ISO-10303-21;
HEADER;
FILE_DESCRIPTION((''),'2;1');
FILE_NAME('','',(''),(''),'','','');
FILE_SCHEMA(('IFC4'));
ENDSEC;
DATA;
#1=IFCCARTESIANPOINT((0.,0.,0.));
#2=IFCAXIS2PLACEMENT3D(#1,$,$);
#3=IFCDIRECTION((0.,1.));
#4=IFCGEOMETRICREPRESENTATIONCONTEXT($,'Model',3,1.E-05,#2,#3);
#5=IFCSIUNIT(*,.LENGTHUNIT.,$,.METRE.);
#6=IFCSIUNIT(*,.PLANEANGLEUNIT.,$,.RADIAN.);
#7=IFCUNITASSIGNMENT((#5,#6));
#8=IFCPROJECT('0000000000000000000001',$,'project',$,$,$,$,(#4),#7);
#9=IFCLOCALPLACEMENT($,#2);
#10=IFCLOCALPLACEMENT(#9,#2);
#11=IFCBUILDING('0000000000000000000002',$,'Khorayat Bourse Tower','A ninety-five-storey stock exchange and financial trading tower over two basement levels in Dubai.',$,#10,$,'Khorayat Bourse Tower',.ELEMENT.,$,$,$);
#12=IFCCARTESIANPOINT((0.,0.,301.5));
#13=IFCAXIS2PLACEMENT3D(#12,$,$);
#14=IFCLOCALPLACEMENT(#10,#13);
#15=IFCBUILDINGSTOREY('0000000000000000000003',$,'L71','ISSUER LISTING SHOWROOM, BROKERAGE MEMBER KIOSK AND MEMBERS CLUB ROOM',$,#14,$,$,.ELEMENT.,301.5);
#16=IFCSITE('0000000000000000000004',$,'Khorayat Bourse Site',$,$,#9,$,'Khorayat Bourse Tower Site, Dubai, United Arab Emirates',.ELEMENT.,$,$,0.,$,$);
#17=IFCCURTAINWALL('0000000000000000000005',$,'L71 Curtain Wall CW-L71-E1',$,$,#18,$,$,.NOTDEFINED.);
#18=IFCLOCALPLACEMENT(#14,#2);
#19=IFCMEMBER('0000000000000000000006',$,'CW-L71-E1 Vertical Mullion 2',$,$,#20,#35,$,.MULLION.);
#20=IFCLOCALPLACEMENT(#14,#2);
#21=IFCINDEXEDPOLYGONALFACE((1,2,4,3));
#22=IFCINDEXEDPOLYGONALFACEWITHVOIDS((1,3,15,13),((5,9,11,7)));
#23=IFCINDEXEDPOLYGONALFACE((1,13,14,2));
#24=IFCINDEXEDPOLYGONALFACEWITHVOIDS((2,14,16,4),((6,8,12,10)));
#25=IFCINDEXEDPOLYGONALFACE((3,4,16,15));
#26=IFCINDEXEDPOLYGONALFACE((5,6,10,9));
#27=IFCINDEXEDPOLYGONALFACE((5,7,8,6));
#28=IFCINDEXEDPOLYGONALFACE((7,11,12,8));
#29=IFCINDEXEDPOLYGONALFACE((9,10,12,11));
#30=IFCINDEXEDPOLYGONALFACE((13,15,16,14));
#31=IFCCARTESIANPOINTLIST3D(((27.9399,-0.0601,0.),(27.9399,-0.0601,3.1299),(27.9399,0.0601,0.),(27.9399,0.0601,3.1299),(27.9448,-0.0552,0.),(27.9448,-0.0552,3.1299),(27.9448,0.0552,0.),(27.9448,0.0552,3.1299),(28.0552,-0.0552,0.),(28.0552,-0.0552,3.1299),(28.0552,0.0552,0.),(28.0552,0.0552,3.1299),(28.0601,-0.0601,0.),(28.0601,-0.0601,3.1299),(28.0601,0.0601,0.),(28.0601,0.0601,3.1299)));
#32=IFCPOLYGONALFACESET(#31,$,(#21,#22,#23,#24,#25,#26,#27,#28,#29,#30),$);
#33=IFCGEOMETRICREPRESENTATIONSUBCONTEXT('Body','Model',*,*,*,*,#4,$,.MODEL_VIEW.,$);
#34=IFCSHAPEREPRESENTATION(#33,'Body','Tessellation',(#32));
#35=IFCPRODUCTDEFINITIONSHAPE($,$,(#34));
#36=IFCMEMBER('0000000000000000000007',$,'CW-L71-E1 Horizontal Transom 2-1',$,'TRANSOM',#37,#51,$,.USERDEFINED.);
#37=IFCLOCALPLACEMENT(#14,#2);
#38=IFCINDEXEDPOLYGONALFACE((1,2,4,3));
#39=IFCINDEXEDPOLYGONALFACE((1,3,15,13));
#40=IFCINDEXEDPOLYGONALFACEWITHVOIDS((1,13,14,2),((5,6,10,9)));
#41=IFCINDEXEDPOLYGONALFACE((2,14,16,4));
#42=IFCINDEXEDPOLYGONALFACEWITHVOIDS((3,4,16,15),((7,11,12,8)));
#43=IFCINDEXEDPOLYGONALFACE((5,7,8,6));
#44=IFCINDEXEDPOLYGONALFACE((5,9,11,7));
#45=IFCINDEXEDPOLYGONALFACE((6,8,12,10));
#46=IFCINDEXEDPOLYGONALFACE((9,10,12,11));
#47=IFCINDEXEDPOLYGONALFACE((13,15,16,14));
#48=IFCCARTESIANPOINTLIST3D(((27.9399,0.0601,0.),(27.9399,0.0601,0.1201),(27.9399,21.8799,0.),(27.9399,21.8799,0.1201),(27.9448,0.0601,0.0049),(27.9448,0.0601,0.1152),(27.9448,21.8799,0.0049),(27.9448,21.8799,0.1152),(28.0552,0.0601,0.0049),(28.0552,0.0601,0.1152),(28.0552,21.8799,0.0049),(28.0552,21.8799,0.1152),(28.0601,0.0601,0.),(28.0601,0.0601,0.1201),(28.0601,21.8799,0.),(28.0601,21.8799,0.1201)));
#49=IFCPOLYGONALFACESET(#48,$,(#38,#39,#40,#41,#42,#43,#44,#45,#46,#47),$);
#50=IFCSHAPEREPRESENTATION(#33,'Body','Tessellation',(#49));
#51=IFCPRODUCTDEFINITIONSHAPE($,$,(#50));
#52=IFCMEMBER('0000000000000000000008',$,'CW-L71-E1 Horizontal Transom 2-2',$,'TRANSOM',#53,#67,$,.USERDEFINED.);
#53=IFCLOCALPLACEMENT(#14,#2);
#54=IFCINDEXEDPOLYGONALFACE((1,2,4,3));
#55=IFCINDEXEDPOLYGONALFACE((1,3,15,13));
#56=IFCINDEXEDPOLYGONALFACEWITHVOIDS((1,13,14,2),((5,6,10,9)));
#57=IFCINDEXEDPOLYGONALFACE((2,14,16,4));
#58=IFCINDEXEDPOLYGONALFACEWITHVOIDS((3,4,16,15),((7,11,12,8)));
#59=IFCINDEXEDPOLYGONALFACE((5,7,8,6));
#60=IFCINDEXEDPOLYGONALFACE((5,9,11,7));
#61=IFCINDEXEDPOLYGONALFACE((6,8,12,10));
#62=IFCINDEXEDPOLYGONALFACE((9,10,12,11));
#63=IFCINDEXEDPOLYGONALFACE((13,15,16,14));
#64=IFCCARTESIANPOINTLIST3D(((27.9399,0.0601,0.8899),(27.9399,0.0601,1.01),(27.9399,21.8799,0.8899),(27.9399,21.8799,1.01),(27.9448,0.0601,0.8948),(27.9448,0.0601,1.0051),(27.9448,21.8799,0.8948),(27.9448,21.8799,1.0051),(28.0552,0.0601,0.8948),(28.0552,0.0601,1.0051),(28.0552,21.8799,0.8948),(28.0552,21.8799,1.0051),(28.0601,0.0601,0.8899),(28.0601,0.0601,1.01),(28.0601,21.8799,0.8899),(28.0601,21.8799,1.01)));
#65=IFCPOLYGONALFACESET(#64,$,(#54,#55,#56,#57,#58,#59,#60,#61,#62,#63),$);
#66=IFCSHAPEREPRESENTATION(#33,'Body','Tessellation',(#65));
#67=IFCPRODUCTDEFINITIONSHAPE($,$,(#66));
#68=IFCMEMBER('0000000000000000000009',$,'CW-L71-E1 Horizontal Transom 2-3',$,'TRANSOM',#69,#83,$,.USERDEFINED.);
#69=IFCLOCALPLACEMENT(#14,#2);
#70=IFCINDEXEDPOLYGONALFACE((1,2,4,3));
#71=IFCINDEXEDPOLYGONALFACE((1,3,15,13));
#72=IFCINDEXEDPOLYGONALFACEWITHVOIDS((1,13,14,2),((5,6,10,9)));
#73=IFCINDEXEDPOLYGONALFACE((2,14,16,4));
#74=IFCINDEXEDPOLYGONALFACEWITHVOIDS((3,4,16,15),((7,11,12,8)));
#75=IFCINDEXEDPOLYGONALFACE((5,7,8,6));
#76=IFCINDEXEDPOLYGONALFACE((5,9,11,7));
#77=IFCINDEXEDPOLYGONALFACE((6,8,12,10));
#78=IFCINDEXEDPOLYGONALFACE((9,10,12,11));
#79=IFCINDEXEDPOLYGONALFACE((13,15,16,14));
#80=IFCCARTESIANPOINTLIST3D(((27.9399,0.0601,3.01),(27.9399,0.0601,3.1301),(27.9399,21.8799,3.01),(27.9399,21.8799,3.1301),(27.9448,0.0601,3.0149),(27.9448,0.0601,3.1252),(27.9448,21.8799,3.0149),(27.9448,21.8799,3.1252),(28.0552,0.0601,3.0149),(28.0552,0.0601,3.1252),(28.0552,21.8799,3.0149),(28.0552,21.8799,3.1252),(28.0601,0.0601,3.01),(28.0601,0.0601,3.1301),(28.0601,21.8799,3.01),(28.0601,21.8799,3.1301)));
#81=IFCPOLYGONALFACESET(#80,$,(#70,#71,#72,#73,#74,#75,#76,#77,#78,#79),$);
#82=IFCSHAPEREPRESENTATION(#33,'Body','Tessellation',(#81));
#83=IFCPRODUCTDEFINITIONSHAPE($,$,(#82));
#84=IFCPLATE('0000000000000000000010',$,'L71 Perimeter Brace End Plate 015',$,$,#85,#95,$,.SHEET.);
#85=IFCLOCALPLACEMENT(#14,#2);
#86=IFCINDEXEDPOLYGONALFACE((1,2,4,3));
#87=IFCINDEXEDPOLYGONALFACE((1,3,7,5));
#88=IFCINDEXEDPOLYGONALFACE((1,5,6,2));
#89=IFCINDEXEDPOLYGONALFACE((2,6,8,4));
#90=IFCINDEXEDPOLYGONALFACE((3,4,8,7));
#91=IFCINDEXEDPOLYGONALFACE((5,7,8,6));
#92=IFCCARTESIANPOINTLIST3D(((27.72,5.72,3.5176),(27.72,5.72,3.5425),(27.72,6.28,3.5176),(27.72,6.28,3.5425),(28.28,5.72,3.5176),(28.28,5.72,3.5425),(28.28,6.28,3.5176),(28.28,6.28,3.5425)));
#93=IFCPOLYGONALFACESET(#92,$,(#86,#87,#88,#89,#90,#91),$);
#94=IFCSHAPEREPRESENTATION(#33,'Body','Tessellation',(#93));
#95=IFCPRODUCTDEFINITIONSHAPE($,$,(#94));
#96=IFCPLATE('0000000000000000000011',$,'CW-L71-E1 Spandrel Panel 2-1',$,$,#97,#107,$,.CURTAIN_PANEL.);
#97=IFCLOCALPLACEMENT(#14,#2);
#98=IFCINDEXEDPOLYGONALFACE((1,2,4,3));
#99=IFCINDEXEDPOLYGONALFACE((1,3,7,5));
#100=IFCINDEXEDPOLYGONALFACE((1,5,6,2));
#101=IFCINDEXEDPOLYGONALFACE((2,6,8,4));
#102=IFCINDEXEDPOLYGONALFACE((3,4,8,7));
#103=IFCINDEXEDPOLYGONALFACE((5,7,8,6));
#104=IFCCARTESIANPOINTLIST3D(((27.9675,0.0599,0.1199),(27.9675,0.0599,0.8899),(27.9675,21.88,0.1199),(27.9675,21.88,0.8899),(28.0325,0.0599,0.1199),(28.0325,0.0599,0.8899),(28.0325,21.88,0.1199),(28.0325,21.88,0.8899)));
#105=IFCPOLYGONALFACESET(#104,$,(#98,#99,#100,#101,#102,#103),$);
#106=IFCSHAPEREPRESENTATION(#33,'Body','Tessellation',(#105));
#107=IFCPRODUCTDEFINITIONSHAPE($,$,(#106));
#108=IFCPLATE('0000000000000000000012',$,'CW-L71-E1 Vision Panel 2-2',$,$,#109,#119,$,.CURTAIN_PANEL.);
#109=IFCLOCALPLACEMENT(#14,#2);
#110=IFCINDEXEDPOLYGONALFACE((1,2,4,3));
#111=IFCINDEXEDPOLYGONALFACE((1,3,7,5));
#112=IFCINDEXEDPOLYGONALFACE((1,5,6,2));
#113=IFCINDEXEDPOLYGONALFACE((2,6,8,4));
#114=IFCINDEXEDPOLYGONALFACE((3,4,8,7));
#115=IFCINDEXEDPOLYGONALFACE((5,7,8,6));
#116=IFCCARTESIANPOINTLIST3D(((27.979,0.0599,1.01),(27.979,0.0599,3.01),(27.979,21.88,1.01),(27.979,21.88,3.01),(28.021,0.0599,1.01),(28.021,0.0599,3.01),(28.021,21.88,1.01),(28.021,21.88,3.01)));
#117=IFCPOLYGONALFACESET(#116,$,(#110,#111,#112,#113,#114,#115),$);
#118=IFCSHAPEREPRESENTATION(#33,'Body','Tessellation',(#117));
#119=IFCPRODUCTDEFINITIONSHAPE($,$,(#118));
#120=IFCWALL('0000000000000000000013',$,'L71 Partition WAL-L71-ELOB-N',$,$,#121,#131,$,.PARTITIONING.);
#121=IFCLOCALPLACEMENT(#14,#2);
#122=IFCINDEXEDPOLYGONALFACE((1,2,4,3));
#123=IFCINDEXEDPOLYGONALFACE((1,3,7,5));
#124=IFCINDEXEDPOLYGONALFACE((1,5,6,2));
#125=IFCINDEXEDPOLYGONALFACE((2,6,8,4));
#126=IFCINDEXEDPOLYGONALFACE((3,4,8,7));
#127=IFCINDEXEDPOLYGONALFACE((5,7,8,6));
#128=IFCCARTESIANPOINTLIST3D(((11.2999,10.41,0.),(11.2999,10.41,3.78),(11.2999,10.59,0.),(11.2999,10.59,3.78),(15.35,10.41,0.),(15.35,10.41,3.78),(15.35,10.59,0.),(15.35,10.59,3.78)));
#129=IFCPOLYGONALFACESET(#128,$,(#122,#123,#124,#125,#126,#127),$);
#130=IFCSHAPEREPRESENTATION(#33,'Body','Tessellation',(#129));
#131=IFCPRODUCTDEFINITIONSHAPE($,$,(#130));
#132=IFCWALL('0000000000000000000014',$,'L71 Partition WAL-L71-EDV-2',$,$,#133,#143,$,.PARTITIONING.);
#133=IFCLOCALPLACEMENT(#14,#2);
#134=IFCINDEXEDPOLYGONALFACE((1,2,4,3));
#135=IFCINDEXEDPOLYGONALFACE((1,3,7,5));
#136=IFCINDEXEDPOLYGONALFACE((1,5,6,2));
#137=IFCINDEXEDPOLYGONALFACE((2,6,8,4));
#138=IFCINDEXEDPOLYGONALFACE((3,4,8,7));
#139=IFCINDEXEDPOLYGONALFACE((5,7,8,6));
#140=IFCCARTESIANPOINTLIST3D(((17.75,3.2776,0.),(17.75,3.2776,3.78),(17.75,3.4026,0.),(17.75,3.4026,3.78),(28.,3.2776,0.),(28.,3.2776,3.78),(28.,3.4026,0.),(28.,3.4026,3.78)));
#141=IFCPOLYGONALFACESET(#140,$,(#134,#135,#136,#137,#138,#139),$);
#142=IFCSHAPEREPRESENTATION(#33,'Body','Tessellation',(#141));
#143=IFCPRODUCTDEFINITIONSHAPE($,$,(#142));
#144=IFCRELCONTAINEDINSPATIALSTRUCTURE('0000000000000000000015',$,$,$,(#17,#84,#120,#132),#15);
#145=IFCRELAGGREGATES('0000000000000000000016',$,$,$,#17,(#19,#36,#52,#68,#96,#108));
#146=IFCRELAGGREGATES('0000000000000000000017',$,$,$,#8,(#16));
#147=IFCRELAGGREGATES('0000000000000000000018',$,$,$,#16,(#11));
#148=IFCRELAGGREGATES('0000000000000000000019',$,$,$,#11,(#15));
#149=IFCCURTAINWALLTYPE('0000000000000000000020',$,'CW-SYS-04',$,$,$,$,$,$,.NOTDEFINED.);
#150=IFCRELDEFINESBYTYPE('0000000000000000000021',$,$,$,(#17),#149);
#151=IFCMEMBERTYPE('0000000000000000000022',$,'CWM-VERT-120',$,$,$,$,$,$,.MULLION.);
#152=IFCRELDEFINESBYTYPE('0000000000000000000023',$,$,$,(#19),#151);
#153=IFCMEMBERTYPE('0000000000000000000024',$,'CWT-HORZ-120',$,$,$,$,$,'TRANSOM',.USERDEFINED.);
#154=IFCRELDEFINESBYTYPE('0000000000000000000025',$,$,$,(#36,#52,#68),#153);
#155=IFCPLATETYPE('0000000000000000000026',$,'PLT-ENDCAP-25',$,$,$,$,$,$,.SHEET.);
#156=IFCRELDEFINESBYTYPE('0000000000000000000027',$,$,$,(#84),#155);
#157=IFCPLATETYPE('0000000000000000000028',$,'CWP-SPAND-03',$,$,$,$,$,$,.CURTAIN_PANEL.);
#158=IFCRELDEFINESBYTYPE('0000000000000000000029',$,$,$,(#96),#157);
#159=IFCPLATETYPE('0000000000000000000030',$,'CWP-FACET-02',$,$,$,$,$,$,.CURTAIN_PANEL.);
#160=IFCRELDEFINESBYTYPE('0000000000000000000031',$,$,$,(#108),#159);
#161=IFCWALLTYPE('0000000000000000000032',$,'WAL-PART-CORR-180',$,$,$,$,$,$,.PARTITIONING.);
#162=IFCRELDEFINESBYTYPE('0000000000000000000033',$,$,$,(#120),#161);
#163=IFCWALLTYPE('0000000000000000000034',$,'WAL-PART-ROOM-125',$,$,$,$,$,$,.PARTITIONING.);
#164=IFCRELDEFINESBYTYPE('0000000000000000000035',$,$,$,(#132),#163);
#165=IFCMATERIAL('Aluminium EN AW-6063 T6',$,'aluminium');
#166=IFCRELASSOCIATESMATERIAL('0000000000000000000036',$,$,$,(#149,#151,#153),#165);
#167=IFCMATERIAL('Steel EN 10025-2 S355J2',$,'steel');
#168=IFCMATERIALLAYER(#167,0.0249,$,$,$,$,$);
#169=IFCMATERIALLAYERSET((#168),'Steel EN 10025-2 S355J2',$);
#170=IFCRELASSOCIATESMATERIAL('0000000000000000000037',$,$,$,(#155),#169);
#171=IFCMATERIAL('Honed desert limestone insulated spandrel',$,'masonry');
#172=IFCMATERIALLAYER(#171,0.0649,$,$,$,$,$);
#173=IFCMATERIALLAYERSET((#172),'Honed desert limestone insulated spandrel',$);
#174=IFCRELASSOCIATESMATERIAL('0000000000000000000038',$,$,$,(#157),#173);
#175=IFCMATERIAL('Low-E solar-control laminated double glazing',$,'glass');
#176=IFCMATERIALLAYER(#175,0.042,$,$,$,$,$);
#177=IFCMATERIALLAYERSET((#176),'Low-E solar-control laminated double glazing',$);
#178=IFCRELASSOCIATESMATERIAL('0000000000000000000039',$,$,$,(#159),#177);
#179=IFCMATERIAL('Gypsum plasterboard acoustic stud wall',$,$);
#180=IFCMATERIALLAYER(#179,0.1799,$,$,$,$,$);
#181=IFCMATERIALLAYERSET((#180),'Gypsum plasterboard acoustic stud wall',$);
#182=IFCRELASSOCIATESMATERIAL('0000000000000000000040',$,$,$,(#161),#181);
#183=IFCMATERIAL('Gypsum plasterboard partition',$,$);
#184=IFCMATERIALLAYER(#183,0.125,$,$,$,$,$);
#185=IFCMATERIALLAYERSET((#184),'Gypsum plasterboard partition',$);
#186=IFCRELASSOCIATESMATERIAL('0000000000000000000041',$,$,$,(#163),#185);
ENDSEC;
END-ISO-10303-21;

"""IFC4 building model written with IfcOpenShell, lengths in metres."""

from ifc_helpers import new_model, si_unit, direction, frame, frame_2d, origin, origin_2d, place, context, subcontext, project, spatial, rectangle, hollow_rectangle, extrude, source, transform, mapped, material, layer, layer_set, material_profile, profile_set, type_object, element, aggregate, save


model = new_model("IFC4")

# Units and contexts
model_context = context("Model", 3, precision=1e-05, world=origin(), true_north=direction((0.0, 1.0)))
body_context = subcontext(model_context, "Body", "Model", "MODEL_VIEW")
ifc_project = project(units=[si_unit("LENGTHUNIT", "METRE"), si_unit("PLANEANGLEUNIT", "RADIAN")], contexts=[model_context])

# Site, building, storey
site_placement = place(None, origin())
site = spatial("IfcSite", under=ifc_project, at=site_placement, Name="Khorayat Bourse Site", LongName="Khorayat Bourse Tower Site, Dubai, United Arab Emirates", CompositionType="ELEMENT", RefElevation=0.0)
building_placement = place(site_placement, origin())
building = spatial("IfcBuilding", under=site, at=building_placement, Name="Khorayat Bourse Tower", Description="A ninety-five-storey stock exchange and financial trading tower over two basement levels in Dubai.", LongName="Khorayat Bourse Tower", CompositionType="ELEMENT")
storey_placement = place(building_placement, frame((0.0, 0.0, 301.5)))
storey = spatial("IfcBuildingStorey", under=building, at=storey_placement, Name="L71", Description="ISSUER LISTING SHOWROOM, BROKERAGE MEMBER KIOSK AND MEMBERS CLUB ROOM", CompositionType="ELEMENT", Elevation=301.5)

# Curtain wall, members
ifc_material_1 = material(Name="Aluminium EN AW-6063 T6", Category="aluminium")
curtain_wall_type = type_object("IfcCurtainWallType", Name="CW-SYS-04", PredefinedType="NOTDEFINED", material=ifc_material_1)
curtain_wall_placement = place(storey_placement, origin())
curtain_wall = element("IfcCurtainWall", 1, at=curtain_wall_placement, inside=storey, type_object=curtain_wall_type, Name="L71 Curtain Wall CW-L71-E1", PredefinedType="NOTDEFINED")
ifc_material_profile_1 = material_profile(ifc_material_1, hollow_rectangle(XDim=0.1201, YDim=0.1201, WallThickness=0.0049, at=origin_2d()), Name="ALU 120x120x5")
ifc_profile_set_1 = profile_set([ifc_material_profile_1], Name="Aluminium EN AW-6063 T6")
member_type_1 = type_object("IfcMemberType", Name="CWM-VERT-120", PredefinedType="MULLION", material=ifc_profile_set_1)
shared_shape_1 = source(origin(), body_context, "Body", "SweptSolid", [
    extrude(hollow_rectangle(XDim=0.1201, YDim=0.1201, WallThickness=0.0049, at=origin_2d()), origin(), (0.0, 0.0, 1.0), 3.1299),
])
member_1_placement = place(storey_placement, frame((28.0, 0.0, 0.0), z_axis=(0.0, 0.0, 1.0), x_axis=(-1.0, 0.0, 0.0)))
member_1 = element("IfcMember", 2, at=member_1_placement, type_object=member_type_1, Name="CW-L71-E1 Vertical Mullion 2", PredefinedType="MULLION", context=body_context, shape_type="MappedRepresentation", body=[
    mapped(shared_shape_1, transform((0.0, 0.0, 0.0), scale=1.0)),
])
ifc_material_profile_2 = material_profile(ifc_material_1, hollow_rectangle(XDim=0.1201, YDim=0.1201, WallThickness=0.0049, at=origin_2d()), Name="ALU 120x120x5")
ifc_profile_set_2 = profile_set([ifc_material_profile_2], Name="Aluminium EN AW-6063 T6")
member_type_2 = type_object("IfcMemberType", Name="CWT-HORZ-120", ElementType="TRANSOM", PredefinedType="USERDEFINED", material=ifc_profile_set_2)
shared_shape_2 = source(origin(), body_context, "Body", "SweptSolid", [
    extrude(hollow_rectangle(XDim=0.1201, YDim=0.1201, WallThickness=0.0049, at=origin_2d()), origin(), (0.0, 0.0, 1.0), 21.8198),
])
member_2_placement = place(storey_placement, frame((28.0, 0.0601, 0.0601), z_axis=(0.0, 1.0, 0.0), x_axis=(-1.0, 0.0, 0.0)))
member_2 = element("IfcMember", 3, at=member_2_placement, type_object=member_type_2, Name="CW-L71-E1 Horizontal Transom 2-1", ObjectType="TRANSOM", PredefinedType="USERDEFINED", context=body_context, shape_type="MappedRepresentation", body=[
    mapped(shared_shape_2, transform((0.0, 0.0, 0.0), scale=1.0)),
])
member_3_placement = place(storey_placement, frame((28.0, 0.0601, 0.95), z_axis=(0.0, 1.0, 0.0), x_axis=(-1.0, 0.0, 0.0)))
member_3 = element("IfcMember", 4, at=member_3_placement, type_object=member_type_2, Name="CW-L71-E1 Horizontal Transom 2-2", ObjectType="TRANSOM", PredefinedType="USERDEFINED", context=body_context, shape_type="MappedRepresentation", body=[
    mapped(shared_shape_2, transform((0.0, 0.0, 0.0), scale=1.0)),
])
member_4_placement = place(storey_placement, frame((28.0, 0.0601, 3.0701), z_axis=(0.0, 1.0, 0.0), x_axis=(-1.0, 0.0, 0.0)))
member_4 = element("IfcMember", 5, at=member_4_placement, type_object=member_type_2, Name="CW-L71-E1 Horizontal Transom 2-3", ObjectType="TRANSOM", PredefinedType="USERDEFINED", context=body_context, shape_type="MappedRepresentation", body=[
    mapped(shared_shape_2, transform((0.0, 0.0, 0.0), scale=1.0)),
])

# Plates
ifc_material_2 = material(Name="Steel EN 10025-2 S355J2", Category="steel")
ifc_layer_1 = layer(ifc_material_2, 0.0249)
ifc_layer_set_1 = layer_set([ifc_layer_1], Name="Steel EN 10025-2 S355J2")
plate_type_1 = type_object("IfcPlateType", Name="PLT-ENDCAP-25", PredefinedType="SHEET", material=ifc_layer_set_1)
shared_shape_3 = source(origin(), body_context, "Body", "SweptSolid", [
    extrude(rectangle(XDim=0.5601, YDim=0.5601, at=origin_2d()), origin(), (0.0, 0.0, 1.0), 0.0249),
])
plate_1_placement = place(storey_placement, frame((28.0, 6.0, 3.5176), z_axis=(0.0, 0.0, 1.0), x_axis=(1.0, 0.0, 0.0)))
element("IfcPlate", 6, at=plate_1_placement, inside=storey, type_object=plate_type_1, Name="L71 Perimeter Brace End Plate 015", PredefinedType="SHEET", context=body_context, shape_type="MappedRepresentation", body=[
    mapped(shared_shape_3, transform((0.0, 0.0, 0.0), scale=1.0)),
])
ifc_material_3 = material(Name="Honed desert limestone insulated spandrel", Category="masonry")
ifc_layer_2 = layer(ifc_material_3, 0.0649)
ifc_layer_set_2 = layer_set([ifc_layer_2], Name="Honed desert limestone insulated spandrel")
plate_type_2 = type_object("IfcPlateType", Name="CWP-SPAND-03", PredefinedType="CURTAIN_PANEL", material=ifc_layer_set_2)
shared_shape_4 = source(origin(), body_context, "Body", "SweptSolid", [
    extrude(rectangle(XDim=21.8201, YDim=0.0649, at=origin_2d()), origin(), (0.0, 0.0, 1.0), 0.77),
])
plate_2_placement = place(storey_placement, frame((28.0, 10.97, 0.1199), z_axis=(0.0, 0.0, 1.0), x_axis=(0.0, 1.0, 0.0)))
plate_2 = element("IfcPlate", 7, at=plate_2_placement, type_object=plate_type_2, Name="CW-L71-E1 Spandrel Panel 2-1", PredefinedType="CURTAIN_PANEL", context=body_context, shape_type="MappedRepresentation", body=[
    mapped(shared_shape_4, transform((0.0, 0.0, 0.0), scale=1.0)),
])
ifc_material_4 = material(Name="Low-E solar-control laminated double glazing", Category="glass")
ifc_layer_3 = layer(ifc_material_4, 0.042)
ifc_layer_set_3 = layer_set([ifc_layer_3], Name="Low-E solar-control laminated double glazing")
plate_type_3 = type_object("IfcPlateType", Name="CWP-FACET-02", PredefinedType="CURTAIN_PANEL", material=ifc_layer_set_3)
shared_shape_5 = source(origin(), body_context, "Body", "SweptSolid", [
    extrude(rectangle(XDim=21.8201, YDim=0.042, at=origin_2d()), origin(), (0.0, 0.0, 1.0), 2.0),
])
plate_3_placement = place(storey_placement, frame((28.0, 10.97, 1.01), z_axis=(0.0, 0.0, 1.0), x_axis=(0.0, 1.0, 0.0)))
plate_3 = element("IfcPlate", 8, at=plate_3_placement, type_object=plate_type_3, Name="CW-L71-E1 Vision Panel 2-2", PredefinedType="CURTAIN_PANEL", context=body_context, shape_type="MappedRepresentation", body=[
    mapped(shared_shape_5, transform((0.0, 0.0, 0.0), scale=1.0)),
])
aggregate(curtain_wall, [member_1, member_2, member_3, member_4, plate_2, plate_3])

# Walls
ifc_material_5 = material(Name="Gypsum plasterboard acoustic stud wall")
ifc_layer_4 = layer(ifc_material_5, 0.1799)
ifc_layer_set_4 = layer_set([ifc_layer_4], Name="Gypsum plasterboard acoustic stud wall")
wall_type_1 = type_object("IfcWallType", Name="WAL-PART-CORR-180", PredefinedType="PARTITIONING", material=ifc_layer_set_4)
shared_shape_6 = source(origin(), body_context, "Body", "SweptSolid", [
    extrude(rectangle(XDim=4.05, YDim=0.1799, at=frame_2d((2.0249, 0.0))), origin(), (0.0, 0.0, 1.0), 3.78),
])
wall_1_placement = place(storey_placement, frame((11.3, 10.5, 0.0), z_axis=(0.0, 0.0, 1.0), x_axis=(1.0, 0.0, 0.0)))
element("IfcWall", 9, at=wall_1_placement, inside=storey, type_object=wall_type_1, Name="L71 Partition WAL-L71-ELOB-N", PredefinedType="PARTITIONING", context=body_context, shape_type="MappedRepresentation", body=[
    mapped(shared_shape_6, transform((0.0, 0.0, 0.0), scale=1.0)),
])
ifc_material_6 = material(Name="Gypsum plasterboard partition")
ifc_layer_5 = layer(ifc_material_6, 0.125)
ifc_layer_set_5 = layer_set([ifc_layer_5], Name="Gypsum plasterboard partition")
wall_type_2 = type_object("IfcWallType", Name="WAL-PART-ROOM-125", PredefinedType="PARTITIONING", material=ifc_layer_set_5)
shared_shape_7 = source(origin(), body_context, "Body", "SweptSolid", [
    extrude(rectangle(XDim=10.25, YDim=0.125, at=frame_2d((5.125, 0.0))), origin(), (0.0, 0.0, 1.0), 3.78),
])
wall_2_placement = place(storey_placement, frame((17.75, 3.3401, 0.0), z_axis=(0.0, 0.0, 1.0), x_axis=(1.0, 0.0, 0.0)))
element("IfcWall", 10, at=wall_2_placement, inside=storey, type_object=wall_type_2, Name="L71 Partition WAL-L71-EDV-2", PredefinedType="PARTITIONING", context=body_context, shape_type="MappedRepresentation", body=[
    mapped(shared_shape_7, transform((0.0, 0.0, 0.0), scale=1.0)),
])

save(model, "model.ifc")
